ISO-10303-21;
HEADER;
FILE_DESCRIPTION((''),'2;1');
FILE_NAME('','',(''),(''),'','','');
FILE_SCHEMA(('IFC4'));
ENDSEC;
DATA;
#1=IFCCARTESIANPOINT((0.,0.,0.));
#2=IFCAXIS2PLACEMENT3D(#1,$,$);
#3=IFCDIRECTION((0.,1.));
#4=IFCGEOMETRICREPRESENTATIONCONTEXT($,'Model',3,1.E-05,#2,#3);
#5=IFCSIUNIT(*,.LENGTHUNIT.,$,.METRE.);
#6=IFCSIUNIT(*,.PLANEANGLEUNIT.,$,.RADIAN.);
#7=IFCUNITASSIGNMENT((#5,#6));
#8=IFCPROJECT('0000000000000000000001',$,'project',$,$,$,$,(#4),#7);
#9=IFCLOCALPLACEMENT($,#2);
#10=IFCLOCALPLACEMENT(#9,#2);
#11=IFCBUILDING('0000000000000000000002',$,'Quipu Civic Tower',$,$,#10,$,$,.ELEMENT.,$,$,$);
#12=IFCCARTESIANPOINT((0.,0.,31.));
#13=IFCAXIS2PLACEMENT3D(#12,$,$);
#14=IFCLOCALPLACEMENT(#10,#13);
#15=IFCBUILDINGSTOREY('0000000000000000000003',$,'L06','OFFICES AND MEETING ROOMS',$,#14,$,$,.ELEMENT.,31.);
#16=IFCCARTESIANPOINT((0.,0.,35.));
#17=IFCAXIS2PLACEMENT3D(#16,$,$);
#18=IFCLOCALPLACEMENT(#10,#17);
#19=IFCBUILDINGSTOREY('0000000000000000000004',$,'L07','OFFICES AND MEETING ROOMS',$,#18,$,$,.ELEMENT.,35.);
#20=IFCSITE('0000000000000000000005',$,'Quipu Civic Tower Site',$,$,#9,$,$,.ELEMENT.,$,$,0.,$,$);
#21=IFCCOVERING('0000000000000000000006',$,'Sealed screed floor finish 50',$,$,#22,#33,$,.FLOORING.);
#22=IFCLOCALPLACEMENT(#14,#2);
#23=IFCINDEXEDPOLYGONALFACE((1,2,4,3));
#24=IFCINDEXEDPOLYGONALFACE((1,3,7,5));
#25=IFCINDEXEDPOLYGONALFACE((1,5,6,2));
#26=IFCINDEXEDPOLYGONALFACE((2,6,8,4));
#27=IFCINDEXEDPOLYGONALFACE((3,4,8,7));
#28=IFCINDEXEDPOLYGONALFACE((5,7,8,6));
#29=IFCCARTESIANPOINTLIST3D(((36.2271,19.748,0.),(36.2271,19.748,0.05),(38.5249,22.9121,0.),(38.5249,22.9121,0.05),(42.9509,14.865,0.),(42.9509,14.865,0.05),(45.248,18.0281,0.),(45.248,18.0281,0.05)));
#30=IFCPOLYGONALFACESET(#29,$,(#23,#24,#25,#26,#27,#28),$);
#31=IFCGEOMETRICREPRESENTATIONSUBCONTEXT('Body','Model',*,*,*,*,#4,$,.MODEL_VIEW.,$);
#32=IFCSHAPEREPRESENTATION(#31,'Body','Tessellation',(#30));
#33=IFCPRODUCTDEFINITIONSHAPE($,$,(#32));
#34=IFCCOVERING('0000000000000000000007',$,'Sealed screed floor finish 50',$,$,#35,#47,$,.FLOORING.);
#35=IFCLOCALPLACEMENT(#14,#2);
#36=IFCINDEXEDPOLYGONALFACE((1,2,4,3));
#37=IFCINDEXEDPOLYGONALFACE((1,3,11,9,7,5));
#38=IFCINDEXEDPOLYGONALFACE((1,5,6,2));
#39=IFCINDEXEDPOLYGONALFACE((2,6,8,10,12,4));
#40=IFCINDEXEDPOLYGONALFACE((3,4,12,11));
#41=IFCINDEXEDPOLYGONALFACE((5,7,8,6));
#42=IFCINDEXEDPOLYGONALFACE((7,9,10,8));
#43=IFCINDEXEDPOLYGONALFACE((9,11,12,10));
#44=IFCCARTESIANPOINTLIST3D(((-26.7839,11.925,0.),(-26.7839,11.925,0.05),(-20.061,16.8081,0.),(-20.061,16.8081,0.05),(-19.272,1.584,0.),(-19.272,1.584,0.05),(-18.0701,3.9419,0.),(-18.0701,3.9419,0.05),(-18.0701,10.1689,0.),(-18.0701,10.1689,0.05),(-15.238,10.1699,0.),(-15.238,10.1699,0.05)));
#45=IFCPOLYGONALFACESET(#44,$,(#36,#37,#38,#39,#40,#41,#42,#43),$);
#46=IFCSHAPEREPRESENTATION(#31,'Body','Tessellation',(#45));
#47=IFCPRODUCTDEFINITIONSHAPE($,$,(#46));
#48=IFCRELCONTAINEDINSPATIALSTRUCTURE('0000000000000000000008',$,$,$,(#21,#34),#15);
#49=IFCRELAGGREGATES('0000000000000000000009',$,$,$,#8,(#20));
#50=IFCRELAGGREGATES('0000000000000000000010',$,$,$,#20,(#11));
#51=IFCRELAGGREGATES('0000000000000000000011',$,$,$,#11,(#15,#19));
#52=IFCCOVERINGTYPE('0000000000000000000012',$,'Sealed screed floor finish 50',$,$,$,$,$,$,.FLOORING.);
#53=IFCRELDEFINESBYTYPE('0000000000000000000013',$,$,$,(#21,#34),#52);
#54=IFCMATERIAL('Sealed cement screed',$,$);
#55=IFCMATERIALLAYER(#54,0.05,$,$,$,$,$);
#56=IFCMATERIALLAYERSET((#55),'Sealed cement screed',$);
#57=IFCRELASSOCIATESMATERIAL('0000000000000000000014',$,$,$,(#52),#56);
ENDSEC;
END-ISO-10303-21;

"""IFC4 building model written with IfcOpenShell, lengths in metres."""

from ifc_helpers import new_model, si_unit, direction, frame, origin, place, context, subcontext, project, spatial, polyline, outline, extrude, material, layer, layer_set, type_object, element, save


model = new_model("IFC4")

# Units and contexts
model_context = context("Model", 3, precision=1e-05, world=origin(), true_north=direction((0.0, 1.0)))
body_context = subcontext(model_context, "Body", "Model", "MODEL_VIEW")
ifc_project = project(units=[si_unit("LENGTHUNIT", "METRE"), si_unit("PLANEANGLEUNIT", "RADIAN")], contexts=[model_context])

# Site, building, storey
site_placement = place(None, origin())
site = spatial("IfcSite", under=ifc_project, at=site_placement, Name="Quipu Civic Tower Site", CompositionType="ELEMENT", RefElevation=0.0)
building_placement = place(site_placement, origin())
building = spatial("IfcBuilding", under=site, at=building_placement, Name="Quipu Civic Tower", CompositionType="ELEMENT")
storey_1_placement = place(building_placement, frame((0.0, 0.0, 31.0)))
storey_1 = spatial("IfcBuildingStorey", under=building, at=storey_1_placement, Name="L06", Description="OFFICES AND MEETING ROOMS", CompositionType="ELEMENT", Elevation=31.0)

# Shared definitions
storey_2_placement = place(building_placement, frame((0.0, 0.0, 35.0)))
storey_2 = spatial("IfcBuildingStorey", under=building, at=storey_2_placement, Name="L07", Description="OFFICES AND MEETING ROOMS", CompositionType="ELEMENT", Elevation=35.0)

# Coverings
ifc_material_1 = material(Name="Sealed cement screed")
ifc_layer_1 = layer(ifc_material_1, 0.05)
ifc_layer_set_1 = layer_set([ifc_layer_1], Name="Sealed cement screed")
covering_type_1 = type_object("IfcCoveringType", Name="Sealed screed floor finish 50", PredefinedType="FLOORING", material=ifc_layer_set_1)
covering_1_placement = place(storey_1_placement, origin())
element("IfcCovering", 1, at=covering_1_placement, inside=storey_1, type_object=covering_type_1, Name="Sealed screed floor finish 50", PredefinedType="FLOORING", context=body_context, shape_type="SweptSolid", body=[
    extrude(outline(polyline([(36.2271, 19.748), (38.5249, 22.9121), (45.248, 18.0281), (42.9509, 14.865), (36.2271, 19.748)])), origin(), (0.0, 0.0, 1.0), 0.05),
])
covering_2_placement = place(storey_1_placement, origin())
element("IfcCovering", 2, at=covering_2_placement, inside=storey_1, type_object=covering_type_1, Name="Sealed screed floor finish 50", PredefinedType="FLOORING", context=body_context, shape_type="SweptSolid", body=[
    extrude(outline(polyline([(-26.7839, 11.925), (-20.061, 16.8081), (-15.238, 10.1699), (-18.0701, 10.1689), (-18.0701, 3.9419), (-19.272, 1.584), (-26.7839, 11.925)])), origin(), (0.0, 0.0, 1.0), 0.05),
])

save(model, "model.ifc")
